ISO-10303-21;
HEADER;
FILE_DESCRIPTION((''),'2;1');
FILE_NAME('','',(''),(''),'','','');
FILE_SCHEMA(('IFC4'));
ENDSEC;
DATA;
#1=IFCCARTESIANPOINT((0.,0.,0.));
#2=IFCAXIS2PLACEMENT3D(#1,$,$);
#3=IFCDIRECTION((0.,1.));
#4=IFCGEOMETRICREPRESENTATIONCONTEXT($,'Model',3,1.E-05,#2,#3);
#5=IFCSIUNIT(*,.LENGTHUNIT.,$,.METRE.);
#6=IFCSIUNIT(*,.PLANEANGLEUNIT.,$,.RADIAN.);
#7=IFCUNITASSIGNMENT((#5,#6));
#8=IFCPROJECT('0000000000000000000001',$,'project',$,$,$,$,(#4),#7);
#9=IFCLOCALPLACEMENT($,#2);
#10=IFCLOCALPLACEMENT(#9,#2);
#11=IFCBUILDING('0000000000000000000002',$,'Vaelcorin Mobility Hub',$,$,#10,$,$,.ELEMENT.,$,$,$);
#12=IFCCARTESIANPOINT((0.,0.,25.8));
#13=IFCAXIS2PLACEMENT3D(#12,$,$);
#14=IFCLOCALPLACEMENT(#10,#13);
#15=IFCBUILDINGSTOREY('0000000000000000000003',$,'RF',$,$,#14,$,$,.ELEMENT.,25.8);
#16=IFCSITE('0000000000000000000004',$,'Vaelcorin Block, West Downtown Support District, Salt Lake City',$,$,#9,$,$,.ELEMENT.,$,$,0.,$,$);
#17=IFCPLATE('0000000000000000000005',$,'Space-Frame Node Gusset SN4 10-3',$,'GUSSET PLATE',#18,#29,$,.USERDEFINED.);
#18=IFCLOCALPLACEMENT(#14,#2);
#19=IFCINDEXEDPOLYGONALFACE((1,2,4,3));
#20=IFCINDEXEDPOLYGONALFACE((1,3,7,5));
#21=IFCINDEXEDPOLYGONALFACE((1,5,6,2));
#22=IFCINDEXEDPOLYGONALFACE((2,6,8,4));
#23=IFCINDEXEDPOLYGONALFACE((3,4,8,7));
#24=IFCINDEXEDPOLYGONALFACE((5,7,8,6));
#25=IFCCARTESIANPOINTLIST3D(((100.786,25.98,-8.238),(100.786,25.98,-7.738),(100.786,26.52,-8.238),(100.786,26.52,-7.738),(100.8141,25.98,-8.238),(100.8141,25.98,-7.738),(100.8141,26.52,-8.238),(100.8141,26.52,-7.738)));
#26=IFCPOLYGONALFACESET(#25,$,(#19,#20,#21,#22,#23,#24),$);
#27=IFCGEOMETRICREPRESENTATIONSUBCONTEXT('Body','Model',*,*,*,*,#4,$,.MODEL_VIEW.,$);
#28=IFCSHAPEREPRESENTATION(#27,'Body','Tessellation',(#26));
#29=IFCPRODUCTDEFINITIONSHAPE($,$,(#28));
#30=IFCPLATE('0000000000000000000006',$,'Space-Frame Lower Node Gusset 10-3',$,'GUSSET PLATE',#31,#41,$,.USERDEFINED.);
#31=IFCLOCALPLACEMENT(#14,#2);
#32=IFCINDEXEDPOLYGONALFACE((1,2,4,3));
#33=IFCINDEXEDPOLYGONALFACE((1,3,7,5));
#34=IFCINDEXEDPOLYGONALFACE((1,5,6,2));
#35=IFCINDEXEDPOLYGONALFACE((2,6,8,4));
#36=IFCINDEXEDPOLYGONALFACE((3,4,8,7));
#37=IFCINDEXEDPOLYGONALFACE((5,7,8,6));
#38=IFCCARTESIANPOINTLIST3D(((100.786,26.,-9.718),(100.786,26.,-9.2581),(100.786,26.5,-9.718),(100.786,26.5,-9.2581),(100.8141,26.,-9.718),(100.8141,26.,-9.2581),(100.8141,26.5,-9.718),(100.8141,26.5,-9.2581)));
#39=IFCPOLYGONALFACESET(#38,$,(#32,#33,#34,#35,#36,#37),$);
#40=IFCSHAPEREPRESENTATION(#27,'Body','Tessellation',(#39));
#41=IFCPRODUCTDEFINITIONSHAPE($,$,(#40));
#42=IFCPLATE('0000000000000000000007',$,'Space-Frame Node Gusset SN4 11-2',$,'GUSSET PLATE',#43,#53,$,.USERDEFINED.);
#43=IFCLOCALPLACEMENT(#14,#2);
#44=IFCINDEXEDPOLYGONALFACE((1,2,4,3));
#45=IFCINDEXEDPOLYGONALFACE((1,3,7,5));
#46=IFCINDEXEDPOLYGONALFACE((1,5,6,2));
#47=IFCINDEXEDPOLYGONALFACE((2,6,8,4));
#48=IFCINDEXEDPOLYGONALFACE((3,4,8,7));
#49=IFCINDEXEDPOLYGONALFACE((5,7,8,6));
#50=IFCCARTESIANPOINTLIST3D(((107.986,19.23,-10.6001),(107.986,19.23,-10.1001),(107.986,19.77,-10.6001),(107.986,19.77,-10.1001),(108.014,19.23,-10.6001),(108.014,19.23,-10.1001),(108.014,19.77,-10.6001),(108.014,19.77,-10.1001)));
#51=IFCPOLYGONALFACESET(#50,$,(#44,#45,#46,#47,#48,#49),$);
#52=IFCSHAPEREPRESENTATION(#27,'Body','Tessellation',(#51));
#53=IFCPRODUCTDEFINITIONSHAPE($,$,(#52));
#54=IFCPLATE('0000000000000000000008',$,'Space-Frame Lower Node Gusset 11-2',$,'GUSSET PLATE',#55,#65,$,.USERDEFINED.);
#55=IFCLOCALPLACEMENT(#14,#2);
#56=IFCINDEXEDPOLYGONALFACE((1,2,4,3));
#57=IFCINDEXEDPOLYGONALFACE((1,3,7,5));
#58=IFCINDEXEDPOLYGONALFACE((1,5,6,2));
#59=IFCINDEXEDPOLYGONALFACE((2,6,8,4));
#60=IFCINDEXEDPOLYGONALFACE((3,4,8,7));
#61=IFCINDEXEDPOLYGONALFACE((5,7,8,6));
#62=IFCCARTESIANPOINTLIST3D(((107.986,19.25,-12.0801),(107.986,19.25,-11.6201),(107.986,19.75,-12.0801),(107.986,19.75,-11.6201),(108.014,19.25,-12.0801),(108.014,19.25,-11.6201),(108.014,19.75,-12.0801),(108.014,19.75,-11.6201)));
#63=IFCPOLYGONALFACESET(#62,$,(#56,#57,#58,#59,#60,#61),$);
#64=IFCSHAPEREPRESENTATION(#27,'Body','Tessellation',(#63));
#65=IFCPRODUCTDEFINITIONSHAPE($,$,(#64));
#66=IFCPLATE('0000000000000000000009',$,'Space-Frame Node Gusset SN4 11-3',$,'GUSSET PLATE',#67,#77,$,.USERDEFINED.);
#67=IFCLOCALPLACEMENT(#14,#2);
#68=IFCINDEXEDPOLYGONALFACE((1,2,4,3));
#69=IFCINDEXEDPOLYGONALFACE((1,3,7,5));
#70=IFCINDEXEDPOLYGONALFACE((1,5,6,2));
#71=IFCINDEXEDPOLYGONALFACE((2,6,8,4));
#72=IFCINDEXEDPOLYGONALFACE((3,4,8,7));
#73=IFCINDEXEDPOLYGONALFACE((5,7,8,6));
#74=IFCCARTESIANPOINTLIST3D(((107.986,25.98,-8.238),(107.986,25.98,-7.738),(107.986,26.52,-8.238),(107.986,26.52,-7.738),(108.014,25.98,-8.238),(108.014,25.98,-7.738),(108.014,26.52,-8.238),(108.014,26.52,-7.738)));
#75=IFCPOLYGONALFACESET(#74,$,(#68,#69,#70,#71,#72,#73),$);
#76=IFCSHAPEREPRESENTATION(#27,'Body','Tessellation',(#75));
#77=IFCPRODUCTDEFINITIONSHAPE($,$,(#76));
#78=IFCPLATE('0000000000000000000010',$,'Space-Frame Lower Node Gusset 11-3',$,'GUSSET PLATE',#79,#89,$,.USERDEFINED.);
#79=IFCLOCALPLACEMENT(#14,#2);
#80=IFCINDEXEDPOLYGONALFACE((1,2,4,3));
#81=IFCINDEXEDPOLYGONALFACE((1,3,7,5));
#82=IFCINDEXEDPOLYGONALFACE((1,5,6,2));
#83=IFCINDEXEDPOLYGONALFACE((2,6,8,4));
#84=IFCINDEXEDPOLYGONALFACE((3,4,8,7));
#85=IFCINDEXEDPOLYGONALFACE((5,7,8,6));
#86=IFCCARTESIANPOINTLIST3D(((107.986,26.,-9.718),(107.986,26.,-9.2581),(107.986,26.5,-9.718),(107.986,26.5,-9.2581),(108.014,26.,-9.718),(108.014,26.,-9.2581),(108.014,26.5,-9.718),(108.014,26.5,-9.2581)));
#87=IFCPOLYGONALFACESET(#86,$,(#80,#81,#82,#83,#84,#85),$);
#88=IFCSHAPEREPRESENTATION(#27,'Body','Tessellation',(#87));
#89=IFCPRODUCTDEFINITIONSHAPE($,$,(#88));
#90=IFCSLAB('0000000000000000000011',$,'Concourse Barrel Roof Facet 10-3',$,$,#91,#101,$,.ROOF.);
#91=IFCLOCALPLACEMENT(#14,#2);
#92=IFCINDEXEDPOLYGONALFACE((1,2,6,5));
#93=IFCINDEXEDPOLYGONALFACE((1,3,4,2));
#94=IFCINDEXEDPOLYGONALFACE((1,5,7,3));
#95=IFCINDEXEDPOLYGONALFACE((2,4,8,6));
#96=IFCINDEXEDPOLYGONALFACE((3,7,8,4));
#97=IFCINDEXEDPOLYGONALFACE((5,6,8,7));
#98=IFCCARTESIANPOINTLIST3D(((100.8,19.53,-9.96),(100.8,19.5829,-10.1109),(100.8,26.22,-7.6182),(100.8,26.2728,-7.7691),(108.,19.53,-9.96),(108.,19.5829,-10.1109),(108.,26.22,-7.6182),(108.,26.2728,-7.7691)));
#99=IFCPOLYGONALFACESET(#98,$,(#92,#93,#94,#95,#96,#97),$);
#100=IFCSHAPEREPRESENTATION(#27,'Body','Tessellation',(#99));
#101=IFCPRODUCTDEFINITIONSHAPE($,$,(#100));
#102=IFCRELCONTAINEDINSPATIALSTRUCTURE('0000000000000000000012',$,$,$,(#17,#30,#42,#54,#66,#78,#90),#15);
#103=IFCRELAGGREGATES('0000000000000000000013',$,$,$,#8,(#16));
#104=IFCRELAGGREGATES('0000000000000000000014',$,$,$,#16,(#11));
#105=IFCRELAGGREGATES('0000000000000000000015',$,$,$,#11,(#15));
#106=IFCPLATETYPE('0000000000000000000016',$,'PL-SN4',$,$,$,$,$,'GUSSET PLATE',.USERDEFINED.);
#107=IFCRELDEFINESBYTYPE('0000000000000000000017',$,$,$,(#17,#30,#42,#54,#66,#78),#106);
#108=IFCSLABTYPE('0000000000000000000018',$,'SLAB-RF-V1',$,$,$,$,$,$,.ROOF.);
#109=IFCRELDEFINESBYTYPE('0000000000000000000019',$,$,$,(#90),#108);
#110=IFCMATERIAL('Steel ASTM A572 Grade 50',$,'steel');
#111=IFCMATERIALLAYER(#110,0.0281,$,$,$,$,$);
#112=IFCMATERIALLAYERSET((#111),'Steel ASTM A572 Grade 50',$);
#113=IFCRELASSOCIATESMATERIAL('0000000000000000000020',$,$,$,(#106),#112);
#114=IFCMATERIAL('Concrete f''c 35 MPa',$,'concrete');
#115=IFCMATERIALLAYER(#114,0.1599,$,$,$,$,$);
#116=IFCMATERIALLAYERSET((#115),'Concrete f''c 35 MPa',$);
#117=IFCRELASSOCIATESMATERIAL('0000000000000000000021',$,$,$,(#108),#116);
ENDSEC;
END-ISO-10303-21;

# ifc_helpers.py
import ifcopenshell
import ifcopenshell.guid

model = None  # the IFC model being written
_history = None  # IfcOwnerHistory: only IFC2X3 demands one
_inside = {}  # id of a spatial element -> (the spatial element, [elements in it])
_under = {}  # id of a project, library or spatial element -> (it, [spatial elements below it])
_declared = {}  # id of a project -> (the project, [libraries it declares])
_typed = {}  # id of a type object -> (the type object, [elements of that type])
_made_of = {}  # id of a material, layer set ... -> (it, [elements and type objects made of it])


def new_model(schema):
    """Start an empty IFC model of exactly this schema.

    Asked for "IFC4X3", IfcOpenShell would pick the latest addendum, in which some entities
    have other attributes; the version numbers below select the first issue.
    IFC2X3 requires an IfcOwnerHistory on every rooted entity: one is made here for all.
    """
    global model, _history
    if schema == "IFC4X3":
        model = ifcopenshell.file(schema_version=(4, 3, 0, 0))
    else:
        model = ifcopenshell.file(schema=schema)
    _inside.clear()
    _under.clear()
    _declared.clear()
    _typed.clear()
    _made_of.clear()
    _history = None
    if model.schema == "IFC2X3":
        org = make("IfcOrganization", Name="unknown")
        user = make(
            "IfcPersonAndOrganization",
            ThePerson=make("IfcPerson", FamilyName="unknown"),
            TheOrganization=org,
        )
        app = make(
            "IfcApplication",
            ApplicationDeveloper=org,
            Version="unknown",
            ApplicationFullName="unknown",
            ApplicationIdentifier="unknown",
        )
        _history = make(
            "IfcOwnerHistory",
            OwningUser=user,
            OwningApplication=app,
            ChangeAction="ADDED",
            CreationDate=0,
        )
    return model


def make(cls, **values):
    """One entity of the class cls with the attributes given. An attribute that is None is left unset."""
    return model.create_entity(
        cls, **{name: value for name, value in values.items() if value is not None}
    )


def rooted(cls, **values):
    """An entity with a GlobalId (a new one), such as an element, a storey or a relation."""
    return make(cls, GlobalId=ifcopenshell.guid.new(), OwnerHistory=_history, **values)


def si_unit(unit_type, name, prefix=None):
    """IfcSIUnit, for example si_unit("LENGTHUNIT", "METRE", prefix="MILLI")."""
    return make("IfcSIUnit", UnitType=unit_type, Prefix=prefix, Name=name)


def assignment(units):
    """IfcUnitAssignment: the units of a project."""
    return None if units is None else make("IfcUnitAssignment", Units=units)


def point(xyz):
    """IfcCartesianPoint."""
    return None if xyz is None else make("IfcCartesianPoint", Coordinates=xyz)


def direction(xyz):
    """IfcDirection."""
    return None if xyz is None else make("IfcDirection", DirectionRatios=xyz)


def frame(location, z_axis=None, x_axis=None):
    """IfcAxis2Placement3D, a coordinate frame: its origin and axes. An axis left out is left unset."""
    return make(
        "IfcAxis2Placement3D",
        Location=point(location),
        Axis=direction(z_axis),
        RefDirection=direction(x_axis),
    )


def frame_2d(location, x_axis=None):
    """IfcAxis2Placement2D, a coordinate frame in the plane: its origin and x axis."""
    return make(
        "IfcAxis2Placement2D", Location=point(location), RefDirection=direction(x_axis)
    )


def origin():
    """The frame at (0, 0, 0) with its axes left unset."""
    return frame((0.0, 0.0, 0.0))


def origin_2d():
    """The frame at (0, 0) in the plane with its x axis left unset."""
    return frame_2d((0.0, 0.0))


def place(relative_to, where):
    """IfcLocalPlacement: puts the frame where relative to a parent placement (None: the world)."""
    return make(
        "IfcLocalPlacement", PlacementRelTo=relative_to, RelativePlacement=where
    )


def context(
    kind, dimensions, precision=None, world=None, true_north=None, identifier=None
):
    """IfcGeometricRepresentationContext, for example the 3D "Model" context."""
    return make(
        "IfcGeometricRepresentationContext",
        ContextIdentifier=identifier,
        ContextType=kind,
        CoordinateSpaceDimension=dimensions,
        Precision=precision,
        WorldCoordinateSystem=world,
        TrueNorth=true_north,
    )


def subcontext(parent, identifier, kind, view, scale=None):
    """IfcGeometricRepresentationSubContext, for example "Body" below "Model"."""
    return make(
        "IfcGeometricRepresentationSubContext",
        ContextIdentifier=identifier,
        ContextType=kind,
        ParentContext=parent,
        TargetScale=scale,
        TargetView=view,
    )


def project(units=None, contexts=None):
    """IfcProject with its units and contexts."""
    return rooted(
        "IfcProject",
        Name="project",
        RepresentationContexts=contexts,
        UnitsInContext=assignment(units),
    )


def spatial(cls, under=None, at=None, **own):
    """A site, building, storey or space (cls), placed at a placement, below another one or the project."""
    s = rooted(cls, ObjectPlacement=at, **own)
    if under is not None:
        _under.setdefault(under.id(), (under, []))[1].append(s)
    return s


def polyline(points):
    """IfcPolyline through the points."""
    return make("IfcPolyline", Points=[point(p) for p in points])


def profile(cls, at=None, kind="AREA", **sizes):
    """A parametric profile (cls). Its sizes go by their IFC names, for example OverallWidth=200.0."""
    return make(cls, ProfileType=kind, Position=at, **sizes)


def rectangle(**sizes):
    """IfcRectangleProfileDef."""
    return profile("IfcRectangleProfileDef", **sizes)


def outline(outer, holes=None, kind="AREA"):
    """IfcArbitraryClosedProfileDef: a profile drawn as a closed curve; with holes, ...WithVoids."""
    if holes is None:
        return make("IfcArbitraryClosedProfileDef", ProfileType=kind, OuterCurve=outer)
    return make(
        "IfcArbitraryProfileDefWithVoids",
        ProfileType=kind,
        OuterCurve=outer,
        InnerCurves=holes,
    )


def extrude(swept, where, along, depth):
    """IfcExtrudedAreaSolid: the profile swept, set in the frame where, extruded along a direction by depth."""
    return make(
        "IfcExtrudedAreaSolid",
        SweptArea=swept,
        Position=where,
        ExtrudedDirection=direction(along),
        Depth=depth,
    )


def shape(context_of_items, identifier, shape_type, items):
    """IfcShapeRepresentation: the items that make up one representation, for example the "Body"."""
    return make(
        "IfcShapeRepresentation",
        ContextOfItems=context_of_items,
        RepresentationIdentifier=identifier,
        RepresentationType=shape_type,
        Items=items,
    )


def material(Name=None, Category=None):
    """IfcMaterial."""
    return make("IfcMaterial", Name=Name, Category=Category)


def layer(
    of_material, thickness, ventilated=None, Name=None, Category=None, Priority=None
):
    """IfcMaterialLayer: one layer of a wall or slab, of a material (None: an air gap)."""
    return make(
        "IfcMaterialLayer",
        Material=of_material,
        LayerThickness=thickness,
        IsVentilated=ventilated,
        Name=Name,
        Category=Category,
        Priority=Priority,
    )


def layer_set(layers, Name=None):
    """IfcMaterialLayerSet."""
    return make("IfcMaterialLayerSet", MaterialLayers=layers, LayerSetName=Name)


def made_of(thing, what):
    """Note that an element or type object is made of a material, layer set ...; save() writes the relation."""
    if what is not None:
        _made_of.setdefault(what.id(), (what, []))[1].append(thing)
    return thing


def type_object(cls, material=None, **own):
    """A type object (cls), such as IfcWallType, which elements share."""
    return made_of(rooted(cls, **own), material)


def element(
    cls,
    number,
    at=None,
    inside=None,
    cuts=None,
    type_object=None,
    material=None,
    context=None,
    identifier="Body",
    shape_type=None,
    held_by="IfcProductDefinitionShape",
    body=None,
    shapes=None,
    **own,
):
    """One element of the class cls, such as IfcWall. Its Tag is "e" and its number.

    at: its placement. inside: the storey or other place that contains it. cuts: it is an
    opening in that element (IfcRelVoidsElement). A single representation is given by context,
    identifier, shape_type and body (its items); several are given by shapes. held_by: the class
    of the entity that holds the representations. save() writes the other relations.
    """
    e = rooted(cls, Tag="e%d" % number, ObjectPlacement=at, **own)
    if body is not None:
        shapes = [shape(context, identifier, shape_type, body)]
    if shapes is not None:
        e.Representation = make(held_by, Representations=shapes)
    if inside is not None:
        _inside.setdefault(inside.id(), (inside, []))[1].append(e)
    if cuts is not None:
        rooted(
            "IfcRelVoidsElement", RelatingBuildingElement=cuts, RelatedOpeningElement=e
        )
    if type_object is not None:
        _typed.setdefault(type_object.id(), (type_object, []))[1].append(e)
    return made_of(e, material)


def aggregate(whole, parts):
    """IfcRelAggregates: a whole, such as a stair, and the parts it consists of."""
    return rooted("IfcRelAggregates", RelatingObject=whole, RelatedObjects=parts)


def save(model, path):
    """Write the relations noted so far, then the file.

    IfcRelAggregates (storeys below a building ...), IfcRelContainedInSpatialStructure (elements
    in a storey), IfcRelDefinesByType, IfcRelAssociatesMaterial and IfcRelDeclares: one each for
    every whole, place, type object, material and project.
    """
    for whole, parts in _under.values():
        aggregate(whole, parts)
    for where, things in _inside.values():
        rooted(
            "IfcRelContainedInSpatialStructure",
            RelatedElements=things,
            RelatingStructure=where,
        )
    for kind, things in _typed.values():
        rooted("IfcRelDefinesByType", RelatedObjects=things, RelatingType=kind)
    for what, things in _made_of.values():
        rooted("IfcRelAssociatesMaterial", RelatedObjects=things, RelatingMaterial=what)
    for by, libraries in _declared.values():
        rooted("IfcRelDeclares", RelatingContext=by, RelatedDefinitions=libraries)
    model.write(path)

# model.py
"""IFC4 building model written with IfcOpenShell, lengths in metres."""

from ifc_helpers import new_model, si_unit, direction, frame, origin, origin_2d, place, context, subcontext, project, spatial, polyline, rectangle, outline, extrude, material, layer, layer_set, type_object, element, save


model = new_model("IFC4")

# Units and contexts
model_context = context("Model", 3, precision=1e-05, world=origin(), true_north=direction((0.0, 1.0)))
body_context = subcontext(model_context, "Body", "Model", "MODEL_VIEW")
ifc_project = project(units=[si_unit("LENGTHUNIT", "METRE"), si_unit("PLANEANGLEUNIT", "RADIAN")], contexts=[model_context])

# Site, building, storey
site_placement = place(None, origin())
site = spatial("IfcSite", under=ifc_project, at=site_placement, Name="Vaelcorin Block, West Downtown Support District, Salt Lake City", CompositionType="ELEMENT", RefElevation=0.0)
building_placement = place(site_placement, origin())
building = spatial("IfcBuilding", under=site, at=building_placement, Name="Vaelcorin Mobility Hub", CompositionType="ELEMENT")
storey_placement = place(building_placement, frame((0.0, 0.0, 25.8)))
storey = spatial("IfcBuildingStorey", under=building, at=storey_placement, Name="RF", CompositionType="ELEMENT", Elevation=25.8)

# Plates
ifc_material_1 = material(Name="Steel ASTM A572 Grade 50", Category="steel")
ifc_layer_1 = layer(ifc_material_1, 0.0281)
ifc_layer_set_1 = layer_set([ifc_layer_1], Name="Steel ASTM A572 Grade 50")
plate_type = type_object("IfcPlateType", Name="PL-SN4", ElementType="GUSSET PLATE", PredefinedType="USERDEFINED", material=ifc_layer_set_1)
plate_1_placement = place(storey_placement, frame((100.8, 26.25, -8.238), z_axis=(0.0, 0.0, 1.0), x_axis=(1.0, 0.0, 0.0)))
element("IfcPlate", 1, at=plate_1_placement, inside=storey, type_object=plate_type, Name="Space-Frame Node Gusset SN4 10-3", ObjectType="GUSSET PLATE", PredefinedType="USERDEFINED", context=body_context, shape_type="SweptSolid", body=[
    extrude(rectangle(XDim=0.0281, YDim=0.54, at=origin_2d()), origin(), (0.0, 0.0, 1.0), 0.5),
])
plate_2_placement = place(storey_placement, frame((100.8, 26.25, -9.718), z_axis=(0.0, 0.0, 1.0), x_axis=(1.0, 0.0, 0.0)))
element("IfcPlate", 2, at=plate_2_placement, inside=storey, type_object=plate_type, Name="Space-Frame Lower Node Gusset 10-3", ObjectType="GUSSET PLATE", PredefinedType="USERDEFINED", context=body_context, shape_type="SweptSolid", body=[
    extrude(rectangle(XDim=0.0281, YDim=0.5, at=origin_2d()), origin(), (0.0, 0.0, 1.0), 0.46),
])
plate_3_placement = place(storey_placement, frame((108.0, 19.5, -10.6001), z_axis=(0.0, 0.0, 1.0), x_axis=(1.0, 0.0, 0.0)))
element("IfcPlate", 3, at=plate_3_placement, inside=storey, type_object=plate_type, Name="Space-Frame Node Gusset SN4 11-2", ObjectType="GUSSET PLATE", PredefinedType="USERDEFINED", context=body_context, shape_type="SweptSolid", body=[
    extrude(rectangle(XDim=0.0281, YDim=0.54, at=origin_2d()), origin(), (0.0, 0.0, 1.0), 0.5),
])
plate_4_placement = place(storey_placement, frame((108.0, 19.5, -12.0801), z_axis=(0.0, 0.0, 1.0), x_axis=(1.0, 0.0, 0.0)))
element("IfcPlate", 4, at=plate_4_placement, inside=storey, type_object=plate_type, Name="Space-Frame Lower Node Gusset 11-2", ObjectType="GUSSET PLATE", PredefinedType="USERDEFINED", context=body_context, shape_type="SweptSolid", body=[
    extrude(rectangle(XDim=0.0281, YDim=0.5, at=origin_2d()), origin(), (0.0, 0.0, 1.0), 0.46),
])
plate_5_placement = place(storey_placement, frame((108.0, 26.25, -8.238), z_axis=(0.0, 0.0, 1.0), x_axis=(1.0, 0.0, 0.0)))
element("IfcPlate", 5, at=plate_5_placement, inside=storey, type_object=plate_type, Name="Space-Frame Node Gusset SN4 11-3", ObjectType="GUSSET PLATE", PredefinedType="USERDEFINED", context=body_context, shape_type="SweptSolid", body=[
    extrude(rectangle(XDim=0.0281, YDim=0.54, at=origin_2d()), origin(), (0.0, 0.0, 1.0), 0.5),
])
plate_6_placement = place(storey_placement, frame((108.0, 26.25, -9.718), z_axis=(0.0, 0.0, 1.0), x_axis=(1.0, 0.0, 0.0)))
element("IfcPlate", 6, at=plate_6_placement, inside=storey, type_object=plate_type, Name="Space-Frame Lower Node Gusset 11-3", ObjectType="GUSSET PLATE", PredefinedType="USERDEFINED", context=body_context, shape_type="SweptSolid", body=[
    extrude(rectangle(XDim=0.0281, YDim=0.5, at=origin_2d()), origin(), (0.0, 0.0, 1.0), 0.46),
])

# Slab
ifc_material_2 = material(Name="Concrete f'c 35 MPa", Category="concrete")
ifc_layer_2 = layer(ifc_material_2, 0.1599)
ifc_layer_set_2 = layer_set([ifc_layer_2], Name="Concrete f'c 35 MPa")
slab_type = type_object("IfcSlabType", Name="SLAB-RF-V1", PredefinedType="ROOF", material=ifc_layer_set_2)
slab_placement = place(storey_placement, frame((100.8, 19.53, -9.96), z_axis=(0.0, -0.33039, 0.943844), x_axis=(1.0, 0.0, 0.0)))
element("IfcSlab", 7, at=slab_placement, inside=storey, type_object=slab_type, Name="Concourse Barrel Roof Facet 10-3", PredefinedType="ROOF", context=body_context, shape_type="SweptSolid", body=[
    extrude(outline(polyline([(0.0, 0.0), (7.2, 0.0), (7.2, 7.088), (0.0, 7.088), (0.0, 0.0)])), origin(), (0.0, 0.0, -1.0), 0.1599),
])

save(model, "model.ifc")
